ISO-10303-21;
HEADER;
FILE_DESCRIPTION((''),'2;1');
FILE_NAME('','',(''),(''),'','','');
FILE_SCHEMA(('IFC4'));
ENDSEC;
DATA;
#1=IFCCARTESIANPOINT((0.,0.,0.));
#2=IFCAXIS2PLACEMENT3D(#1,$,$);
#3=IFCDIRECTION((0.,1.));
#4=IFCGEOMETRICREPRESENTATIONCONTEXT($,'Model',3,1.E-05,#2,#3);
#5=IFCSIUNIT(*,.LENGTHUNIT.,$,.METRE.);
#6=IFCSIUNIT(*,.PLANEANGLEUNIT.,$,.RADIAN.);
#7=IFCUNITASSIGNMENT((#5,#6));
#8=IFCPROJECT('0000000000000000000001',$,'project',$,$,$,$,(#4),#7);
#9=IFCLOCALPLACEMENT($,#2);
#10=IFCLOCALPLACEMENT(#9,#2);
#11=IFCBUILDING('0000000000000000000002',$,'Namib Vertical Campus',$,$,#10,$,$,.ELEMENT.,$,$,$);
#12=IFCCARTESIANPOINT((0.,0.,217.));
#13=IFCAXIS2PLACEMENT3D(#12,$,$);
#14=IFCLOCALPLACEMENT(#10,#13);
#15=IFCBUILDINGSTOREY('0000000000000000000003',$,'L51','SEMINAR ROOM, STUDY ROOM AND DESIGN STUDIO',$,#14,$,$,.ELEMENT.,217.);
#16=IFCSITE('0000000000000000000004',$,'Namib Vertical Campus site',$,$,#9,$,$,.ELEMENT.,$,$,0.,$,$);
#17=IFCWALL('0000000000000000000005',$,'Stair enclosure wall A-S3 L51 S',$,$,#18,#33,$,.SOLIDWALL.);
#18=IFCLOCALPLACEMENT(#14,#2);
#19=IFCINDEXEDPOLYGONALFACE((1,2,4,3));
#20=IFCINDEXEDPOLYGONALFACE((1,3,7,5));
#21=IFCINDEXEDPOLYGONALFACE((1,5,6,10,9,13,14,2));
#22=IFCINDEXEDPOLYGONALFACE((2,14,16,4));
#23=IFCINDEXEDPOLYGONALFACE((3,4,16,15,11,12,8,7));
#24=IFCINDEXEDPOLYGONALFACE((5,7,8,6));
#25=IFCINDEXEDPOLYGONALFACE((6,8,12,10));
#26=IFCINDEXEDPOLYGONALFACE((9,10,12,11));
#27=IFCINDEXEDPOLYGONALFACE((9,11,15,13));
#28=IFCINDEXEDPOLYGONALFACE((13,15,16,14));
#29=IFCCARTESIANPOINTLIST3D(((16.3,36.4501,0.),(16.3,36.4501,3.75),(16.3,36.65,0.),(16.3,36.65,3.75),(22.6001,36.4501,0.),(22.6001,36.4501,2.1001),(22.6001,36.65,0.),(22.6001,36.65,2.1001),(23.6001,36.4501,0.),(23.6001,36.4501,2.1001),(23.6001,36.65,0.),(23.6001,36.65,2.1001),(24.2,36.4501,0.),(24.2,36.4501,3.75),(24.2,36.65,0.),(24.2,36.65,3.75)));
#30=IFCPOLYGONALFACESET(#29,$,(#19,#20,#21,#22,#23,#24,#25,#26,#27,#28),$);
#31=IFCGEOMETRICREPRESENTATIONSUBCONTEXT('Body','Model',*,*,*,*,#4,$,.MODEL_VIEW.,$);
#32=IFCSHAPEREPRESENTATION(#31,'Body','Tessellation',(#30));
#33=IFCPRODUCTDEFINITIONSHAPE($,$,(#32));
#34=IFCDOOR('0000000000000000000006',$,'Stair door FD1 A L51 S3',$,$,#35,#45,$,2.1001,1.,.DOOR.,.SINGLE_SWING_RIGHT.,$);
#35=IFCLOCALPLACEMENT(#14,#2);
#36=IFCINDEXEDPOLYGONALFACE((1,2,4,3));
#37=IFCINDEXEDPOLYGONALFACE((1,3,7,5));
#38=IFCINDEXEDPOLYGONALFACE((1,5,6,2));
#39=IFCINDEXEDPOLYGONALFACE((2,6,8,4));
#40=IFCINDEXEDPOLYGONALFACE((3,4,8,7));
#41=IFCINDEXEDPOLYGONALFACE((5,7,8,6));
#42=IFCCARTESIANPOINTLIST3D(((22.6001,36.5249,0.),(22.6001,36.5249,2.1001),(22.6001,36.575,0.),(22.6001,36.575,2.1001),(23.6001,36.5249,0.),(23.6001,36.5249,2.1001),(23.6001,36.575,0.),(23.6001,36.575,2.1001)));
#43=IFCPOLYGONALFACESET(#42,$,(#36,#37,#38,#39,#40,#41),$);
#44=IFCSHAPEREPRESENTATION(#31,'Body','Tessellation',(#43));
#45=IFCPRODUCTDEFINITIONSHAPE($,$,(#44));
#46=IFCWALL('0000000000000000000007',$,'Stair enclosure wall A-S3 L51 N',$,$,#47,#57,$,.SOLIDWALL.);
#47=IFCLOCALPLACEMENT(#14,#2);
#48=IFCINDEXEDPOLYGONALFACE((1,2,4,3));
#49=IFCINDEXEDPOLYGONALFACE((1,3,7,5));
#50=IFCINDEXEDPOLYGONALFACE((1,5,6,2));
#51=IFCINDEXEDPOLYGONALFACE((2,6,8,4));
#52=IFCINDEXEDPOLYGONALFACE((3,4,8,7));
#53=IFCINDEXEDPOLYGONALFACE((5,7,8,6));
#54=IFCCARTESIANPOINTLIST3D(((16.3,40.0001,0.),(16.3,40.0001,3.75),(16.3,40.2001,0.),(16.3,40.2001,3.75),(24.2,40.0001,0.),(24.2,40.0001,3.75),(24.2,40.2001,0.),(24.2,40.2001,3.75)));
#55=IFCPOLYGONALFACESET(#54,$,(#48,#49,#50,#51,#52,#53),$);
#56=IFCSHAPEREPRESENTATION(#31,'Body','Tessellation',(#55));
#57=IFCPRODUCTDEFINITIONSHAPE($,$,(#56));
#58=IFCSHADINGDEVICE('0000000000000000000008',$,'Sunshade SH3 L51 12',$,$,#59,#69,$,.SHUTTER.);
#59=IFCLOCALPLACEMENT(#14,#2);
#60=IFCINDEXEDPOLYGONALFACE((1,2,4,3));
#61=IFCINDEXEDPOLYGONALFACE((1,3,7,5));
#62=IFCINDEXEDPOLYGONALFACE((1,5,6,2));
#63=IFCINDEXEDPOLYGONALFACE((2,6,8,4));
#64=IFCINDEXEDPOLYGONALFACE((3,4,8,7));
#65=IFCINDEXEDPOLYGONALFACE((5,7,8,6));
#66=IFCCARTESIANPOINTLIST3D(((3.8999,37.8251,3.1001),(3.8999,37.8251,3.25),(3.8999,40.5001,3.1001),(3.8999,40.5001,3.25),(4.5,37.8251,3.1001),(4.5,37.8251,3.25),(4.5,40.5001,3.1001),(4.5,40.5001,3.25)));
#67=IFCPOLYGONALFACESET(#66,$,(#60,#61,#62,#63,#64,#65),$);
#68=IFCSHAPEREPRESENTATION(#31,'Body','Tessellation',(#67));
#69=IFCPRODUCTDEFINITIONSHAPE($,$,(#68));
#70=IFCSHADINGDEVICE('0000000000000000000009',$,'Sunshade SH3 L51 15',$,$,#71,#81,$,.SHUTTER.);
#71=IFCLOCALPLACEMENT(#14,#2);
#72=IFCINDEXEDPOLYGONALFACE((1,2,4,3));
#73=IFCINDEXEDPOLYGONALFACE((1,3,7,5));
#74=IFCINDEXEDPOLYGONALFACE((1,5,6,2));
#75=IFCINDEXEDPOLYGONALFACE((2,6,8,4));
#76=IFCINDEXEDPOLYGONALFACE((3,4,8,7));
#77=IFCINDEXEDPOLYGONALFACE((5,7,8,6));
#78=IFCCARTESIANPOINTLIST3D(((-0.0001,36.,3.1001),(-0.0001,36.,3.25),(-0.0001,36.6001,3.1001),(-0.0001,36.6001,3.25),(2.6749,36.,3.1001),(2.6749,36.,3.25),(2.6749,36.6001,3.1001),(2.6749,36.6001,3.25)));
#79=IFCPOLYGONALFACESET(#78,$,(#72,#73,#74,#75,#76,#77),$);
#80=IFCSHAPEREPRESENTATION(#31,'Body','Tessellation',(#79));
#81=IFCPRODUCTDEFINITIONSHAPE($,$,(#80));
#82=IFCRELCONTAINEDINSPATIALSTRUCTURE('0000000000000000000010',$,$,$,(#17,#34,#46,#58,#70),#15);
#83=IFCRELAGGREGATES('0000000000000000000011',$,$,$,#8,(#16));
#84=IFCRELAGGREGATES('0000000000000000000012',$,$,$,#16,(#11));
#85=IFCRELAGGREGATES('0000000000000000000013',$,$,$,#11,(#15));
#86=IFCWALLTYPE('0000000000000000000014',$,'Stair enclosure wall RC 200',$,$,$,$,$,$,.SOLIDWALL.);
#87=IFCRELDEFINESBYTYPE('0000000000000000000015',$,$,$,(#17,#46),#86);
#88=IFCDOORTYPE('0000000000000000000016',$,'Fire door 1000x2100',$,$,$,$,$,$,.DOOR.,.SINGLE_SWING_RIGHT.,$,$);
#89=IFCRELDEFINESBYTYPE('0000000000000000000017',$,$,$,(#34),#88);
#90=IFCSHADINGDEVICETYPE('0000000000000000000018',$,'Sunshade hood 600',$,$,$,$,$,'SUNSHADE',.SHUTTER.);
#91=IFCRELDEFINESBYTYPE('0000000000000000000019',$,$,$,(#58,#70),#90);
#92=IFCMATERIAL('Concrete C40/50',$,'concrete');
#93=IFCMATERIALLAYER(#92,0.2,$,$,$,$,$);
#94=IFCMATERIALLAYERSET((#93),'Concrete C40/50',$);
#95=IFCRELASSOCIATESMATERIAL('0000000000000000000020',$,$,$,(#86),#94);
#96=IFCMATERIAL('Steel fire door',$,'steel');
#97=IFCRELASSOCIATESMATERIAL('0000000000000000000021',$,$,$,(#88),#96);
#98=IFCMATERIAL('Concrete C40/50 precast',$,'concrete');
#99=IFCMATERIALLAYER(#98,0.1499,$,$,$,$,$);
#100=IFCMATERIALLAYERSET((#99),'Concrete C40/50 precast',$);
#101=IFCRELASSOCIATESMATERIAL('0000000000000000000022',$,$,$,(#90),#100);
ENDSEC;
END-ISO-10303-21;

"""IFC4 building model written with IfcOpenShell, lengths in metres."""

from ifc_helpers import new_model, si_unit, direction, frame, frame_2d, origin, origin_2d, place, context, subcontext, project, spatial, rectangle, extrude, material, layer, layer_set, type_object, element, fill, save


model = new_model("IFC4")

# Units and contexts
model_context = context("Model", 3, precision=1e-05, world=origin(), true_north=direction((0.0, 1.0)))
body_context = subcontext(model_context, "Body", "Model", "MODEL_VIEW")
ifc_project = project(units=[si_unit("LENGTHUNIT", "METRE"), si_unit("PLANEANGLEUNIT", "RADIAN")], contexts=[model_context])

# Site, building, storey
site_placement = place(None, origin())
site = spatial("IfcSite", under=ifc_project, at=site_placement, Name="Namib Vertical Campus site", CompositionType="ELEMENT", RefElevation=0.0)
building_placement = place(site_placement, origin())
building = spatial("IfcBuilding", under=site, at=building_placement, Name="Namib Vertical Campus", CompositionType="ELEMENT")
storey_placement = place(building_placement, frame((0.0, 0.0, 217.0)))
storey = spatial("IfcBuildingStorey", under=building, at=storey_placement, Name="L51", Description="SEMINAR ROOM, STUDY ROOM AND DESIGN STUDIO", CompositionType="ELEMENT", Elevation=217.0)

# Wall, opening, door
ifc_material_1 = material(Name="Concrete C40/50", Category="concrete")
ifc_layer_1 = layer(ifc_material_1, 0.2)
ifc_layer_set_1 = layer_set([ifc_layer_1], Name="Concrete C40/50")
wall_type_1 = type_object("IfcWallType", Name="Stair enclosure wall RC 200", PredefinedType="SOLIDWALL", material=ifc_layer_set_1)
wall_1_placement = place(storey_placement, frame((16.3, 36.55, 0.0), z_axis=(0.0, 0.0, 1.0), x_axis=(1.0, 0.0, 0.0)))
wall_1 = element("IfcWall", 1, at=wall_1_placement, inside=storey, type_object=wall_type_1, Name="Stair enclosure wall A-S3 L51 S", PredefinedType="SOLIDWALL", context=body_context, shape_type="SweptSolid", body=[
    extrude(rectangle(XDim=7.8999, YDim=0.2, at=frame_2d((3.95, 0.0))), origin(), (0.0, 0.0, 1.0), 3.75),
])
opening_1_placement = place(wall_1_placement, frame((6.3, 0.0, 0.0)))
opening_1 = element("IfcOpeningElement", 2, at=opening_1_placement, cuts=wall_1, PredefinedType="OPENING", context=body_context, shape_type="SweptSolid", body=[
    extrude(rectangle(XDim=1.0, YDim=2.1001, at=frame_2d((0.5, 1.05))), frame((0.0, 0.1099, 0.0), z_axis=(0.0, -1.0, 0.0), x_axis=(1.0, 0.0, 0.0)), (0.0, 0.0, 1.0), 0.22),
])
ifc_material_2 = material(Name="Steel fire door", Category="steel")
door_type = type_object("IfcDoorType", Name="Fire door 1000x2100", OperationType="SINGLE_SWING_RIGHT", PredefinedType="DOOR", material=ifc_material_2)
door_placement = place(opening_1_placement, origin())
door = element("IfcDoor", 3, at=door_placement, inside=storey, type_object=door_type, Name="Stair door FD1 A L51 S3", OperationType="SINGLE_SWING_RIGHT", OverallHeight=2.1001, OverallWidth=1.0, PredefinedType="DOOR", context=body_context, shape_type="SweptSolid", body=[
    extrude(rectangle(XDim=1.0, YDim=2.1001, at=frame_2d((0.5, 1.05))), frame((0.0, 0.0249, 0.0), z_axis=(0.0, -1.0, 0.0), x_axis=(1.0, 0.0, 0.0)), (0.0, 0.0, 1.0), 0.05),
])
fill(opening_1, door)

# Wall
wall_2_placement = place(storey_placement, frame((16.3, 40.1001, 0.0), z_axis=(0.0, 0.0, 1.0), x_axis=(1.0, 0.0, 0.0)))
element("IfcWall", 4, at=wall_2_placement, inside=storey, type_object=wall_type_1, Name="Stair enclosure wall A-S3 L51 N", PredefinedType="SOLIDWALL", context=body_context, shape_type="SweptSolid", body=[
    extrude(rectangle(XDim=7.8999, YDim=0.2, at=frame_2d((3.95, 0.0))), origin(), (0.0, 0.0, 1.0), 3.75),
])

# Shading devices
ifc_material_3 = material(Name="Concrete C40/50 precast", Category="concrete")
ifc_layer_2 = layer(ifc_material_3, 0.1499)
ifc_layer_set_2 = layer_set([ifc_layer_2], Name="Concrete C40/50 precast")
shading_device_type = type_object("IfcShadingDeviceType", Name="Sunshade hood 600", ElementType="SUNSHADE", PredefinedType="SHUTTER", material=ifc_layer_set_2)
for number, where, z_axis, x_axis, name in (
    (5, (4.2, 39.1626, 3.1001), (0.0, 0.0, 1.0), (0.0, -1.0, 0.0), "Sunshade SH3 L51 12"),
    (6, (1.3374, 36.3, 3.1001), (0.0, 0.0, 1.0), (-1.0, 0.0, 0.0), "Sunshade SH3 L51 15"),
):
    element("IfcShadingDevice", number, at=place(storey_placement, frame(where, z_axis=z_axis, x_axis=x_axis)), inside=storey, type_object=shading_device_type, Name=name, PredefinedType="SHUTTER", context=body_context, shape_type="SweptSolid", body=[
        extrude(rectangle(XDim=2.675, YDim=0.6001, at=origin_2d()), origin(), (0.0, 0.0, 1.0), 0.1499),
    ])

save(model, "model.ifc")
